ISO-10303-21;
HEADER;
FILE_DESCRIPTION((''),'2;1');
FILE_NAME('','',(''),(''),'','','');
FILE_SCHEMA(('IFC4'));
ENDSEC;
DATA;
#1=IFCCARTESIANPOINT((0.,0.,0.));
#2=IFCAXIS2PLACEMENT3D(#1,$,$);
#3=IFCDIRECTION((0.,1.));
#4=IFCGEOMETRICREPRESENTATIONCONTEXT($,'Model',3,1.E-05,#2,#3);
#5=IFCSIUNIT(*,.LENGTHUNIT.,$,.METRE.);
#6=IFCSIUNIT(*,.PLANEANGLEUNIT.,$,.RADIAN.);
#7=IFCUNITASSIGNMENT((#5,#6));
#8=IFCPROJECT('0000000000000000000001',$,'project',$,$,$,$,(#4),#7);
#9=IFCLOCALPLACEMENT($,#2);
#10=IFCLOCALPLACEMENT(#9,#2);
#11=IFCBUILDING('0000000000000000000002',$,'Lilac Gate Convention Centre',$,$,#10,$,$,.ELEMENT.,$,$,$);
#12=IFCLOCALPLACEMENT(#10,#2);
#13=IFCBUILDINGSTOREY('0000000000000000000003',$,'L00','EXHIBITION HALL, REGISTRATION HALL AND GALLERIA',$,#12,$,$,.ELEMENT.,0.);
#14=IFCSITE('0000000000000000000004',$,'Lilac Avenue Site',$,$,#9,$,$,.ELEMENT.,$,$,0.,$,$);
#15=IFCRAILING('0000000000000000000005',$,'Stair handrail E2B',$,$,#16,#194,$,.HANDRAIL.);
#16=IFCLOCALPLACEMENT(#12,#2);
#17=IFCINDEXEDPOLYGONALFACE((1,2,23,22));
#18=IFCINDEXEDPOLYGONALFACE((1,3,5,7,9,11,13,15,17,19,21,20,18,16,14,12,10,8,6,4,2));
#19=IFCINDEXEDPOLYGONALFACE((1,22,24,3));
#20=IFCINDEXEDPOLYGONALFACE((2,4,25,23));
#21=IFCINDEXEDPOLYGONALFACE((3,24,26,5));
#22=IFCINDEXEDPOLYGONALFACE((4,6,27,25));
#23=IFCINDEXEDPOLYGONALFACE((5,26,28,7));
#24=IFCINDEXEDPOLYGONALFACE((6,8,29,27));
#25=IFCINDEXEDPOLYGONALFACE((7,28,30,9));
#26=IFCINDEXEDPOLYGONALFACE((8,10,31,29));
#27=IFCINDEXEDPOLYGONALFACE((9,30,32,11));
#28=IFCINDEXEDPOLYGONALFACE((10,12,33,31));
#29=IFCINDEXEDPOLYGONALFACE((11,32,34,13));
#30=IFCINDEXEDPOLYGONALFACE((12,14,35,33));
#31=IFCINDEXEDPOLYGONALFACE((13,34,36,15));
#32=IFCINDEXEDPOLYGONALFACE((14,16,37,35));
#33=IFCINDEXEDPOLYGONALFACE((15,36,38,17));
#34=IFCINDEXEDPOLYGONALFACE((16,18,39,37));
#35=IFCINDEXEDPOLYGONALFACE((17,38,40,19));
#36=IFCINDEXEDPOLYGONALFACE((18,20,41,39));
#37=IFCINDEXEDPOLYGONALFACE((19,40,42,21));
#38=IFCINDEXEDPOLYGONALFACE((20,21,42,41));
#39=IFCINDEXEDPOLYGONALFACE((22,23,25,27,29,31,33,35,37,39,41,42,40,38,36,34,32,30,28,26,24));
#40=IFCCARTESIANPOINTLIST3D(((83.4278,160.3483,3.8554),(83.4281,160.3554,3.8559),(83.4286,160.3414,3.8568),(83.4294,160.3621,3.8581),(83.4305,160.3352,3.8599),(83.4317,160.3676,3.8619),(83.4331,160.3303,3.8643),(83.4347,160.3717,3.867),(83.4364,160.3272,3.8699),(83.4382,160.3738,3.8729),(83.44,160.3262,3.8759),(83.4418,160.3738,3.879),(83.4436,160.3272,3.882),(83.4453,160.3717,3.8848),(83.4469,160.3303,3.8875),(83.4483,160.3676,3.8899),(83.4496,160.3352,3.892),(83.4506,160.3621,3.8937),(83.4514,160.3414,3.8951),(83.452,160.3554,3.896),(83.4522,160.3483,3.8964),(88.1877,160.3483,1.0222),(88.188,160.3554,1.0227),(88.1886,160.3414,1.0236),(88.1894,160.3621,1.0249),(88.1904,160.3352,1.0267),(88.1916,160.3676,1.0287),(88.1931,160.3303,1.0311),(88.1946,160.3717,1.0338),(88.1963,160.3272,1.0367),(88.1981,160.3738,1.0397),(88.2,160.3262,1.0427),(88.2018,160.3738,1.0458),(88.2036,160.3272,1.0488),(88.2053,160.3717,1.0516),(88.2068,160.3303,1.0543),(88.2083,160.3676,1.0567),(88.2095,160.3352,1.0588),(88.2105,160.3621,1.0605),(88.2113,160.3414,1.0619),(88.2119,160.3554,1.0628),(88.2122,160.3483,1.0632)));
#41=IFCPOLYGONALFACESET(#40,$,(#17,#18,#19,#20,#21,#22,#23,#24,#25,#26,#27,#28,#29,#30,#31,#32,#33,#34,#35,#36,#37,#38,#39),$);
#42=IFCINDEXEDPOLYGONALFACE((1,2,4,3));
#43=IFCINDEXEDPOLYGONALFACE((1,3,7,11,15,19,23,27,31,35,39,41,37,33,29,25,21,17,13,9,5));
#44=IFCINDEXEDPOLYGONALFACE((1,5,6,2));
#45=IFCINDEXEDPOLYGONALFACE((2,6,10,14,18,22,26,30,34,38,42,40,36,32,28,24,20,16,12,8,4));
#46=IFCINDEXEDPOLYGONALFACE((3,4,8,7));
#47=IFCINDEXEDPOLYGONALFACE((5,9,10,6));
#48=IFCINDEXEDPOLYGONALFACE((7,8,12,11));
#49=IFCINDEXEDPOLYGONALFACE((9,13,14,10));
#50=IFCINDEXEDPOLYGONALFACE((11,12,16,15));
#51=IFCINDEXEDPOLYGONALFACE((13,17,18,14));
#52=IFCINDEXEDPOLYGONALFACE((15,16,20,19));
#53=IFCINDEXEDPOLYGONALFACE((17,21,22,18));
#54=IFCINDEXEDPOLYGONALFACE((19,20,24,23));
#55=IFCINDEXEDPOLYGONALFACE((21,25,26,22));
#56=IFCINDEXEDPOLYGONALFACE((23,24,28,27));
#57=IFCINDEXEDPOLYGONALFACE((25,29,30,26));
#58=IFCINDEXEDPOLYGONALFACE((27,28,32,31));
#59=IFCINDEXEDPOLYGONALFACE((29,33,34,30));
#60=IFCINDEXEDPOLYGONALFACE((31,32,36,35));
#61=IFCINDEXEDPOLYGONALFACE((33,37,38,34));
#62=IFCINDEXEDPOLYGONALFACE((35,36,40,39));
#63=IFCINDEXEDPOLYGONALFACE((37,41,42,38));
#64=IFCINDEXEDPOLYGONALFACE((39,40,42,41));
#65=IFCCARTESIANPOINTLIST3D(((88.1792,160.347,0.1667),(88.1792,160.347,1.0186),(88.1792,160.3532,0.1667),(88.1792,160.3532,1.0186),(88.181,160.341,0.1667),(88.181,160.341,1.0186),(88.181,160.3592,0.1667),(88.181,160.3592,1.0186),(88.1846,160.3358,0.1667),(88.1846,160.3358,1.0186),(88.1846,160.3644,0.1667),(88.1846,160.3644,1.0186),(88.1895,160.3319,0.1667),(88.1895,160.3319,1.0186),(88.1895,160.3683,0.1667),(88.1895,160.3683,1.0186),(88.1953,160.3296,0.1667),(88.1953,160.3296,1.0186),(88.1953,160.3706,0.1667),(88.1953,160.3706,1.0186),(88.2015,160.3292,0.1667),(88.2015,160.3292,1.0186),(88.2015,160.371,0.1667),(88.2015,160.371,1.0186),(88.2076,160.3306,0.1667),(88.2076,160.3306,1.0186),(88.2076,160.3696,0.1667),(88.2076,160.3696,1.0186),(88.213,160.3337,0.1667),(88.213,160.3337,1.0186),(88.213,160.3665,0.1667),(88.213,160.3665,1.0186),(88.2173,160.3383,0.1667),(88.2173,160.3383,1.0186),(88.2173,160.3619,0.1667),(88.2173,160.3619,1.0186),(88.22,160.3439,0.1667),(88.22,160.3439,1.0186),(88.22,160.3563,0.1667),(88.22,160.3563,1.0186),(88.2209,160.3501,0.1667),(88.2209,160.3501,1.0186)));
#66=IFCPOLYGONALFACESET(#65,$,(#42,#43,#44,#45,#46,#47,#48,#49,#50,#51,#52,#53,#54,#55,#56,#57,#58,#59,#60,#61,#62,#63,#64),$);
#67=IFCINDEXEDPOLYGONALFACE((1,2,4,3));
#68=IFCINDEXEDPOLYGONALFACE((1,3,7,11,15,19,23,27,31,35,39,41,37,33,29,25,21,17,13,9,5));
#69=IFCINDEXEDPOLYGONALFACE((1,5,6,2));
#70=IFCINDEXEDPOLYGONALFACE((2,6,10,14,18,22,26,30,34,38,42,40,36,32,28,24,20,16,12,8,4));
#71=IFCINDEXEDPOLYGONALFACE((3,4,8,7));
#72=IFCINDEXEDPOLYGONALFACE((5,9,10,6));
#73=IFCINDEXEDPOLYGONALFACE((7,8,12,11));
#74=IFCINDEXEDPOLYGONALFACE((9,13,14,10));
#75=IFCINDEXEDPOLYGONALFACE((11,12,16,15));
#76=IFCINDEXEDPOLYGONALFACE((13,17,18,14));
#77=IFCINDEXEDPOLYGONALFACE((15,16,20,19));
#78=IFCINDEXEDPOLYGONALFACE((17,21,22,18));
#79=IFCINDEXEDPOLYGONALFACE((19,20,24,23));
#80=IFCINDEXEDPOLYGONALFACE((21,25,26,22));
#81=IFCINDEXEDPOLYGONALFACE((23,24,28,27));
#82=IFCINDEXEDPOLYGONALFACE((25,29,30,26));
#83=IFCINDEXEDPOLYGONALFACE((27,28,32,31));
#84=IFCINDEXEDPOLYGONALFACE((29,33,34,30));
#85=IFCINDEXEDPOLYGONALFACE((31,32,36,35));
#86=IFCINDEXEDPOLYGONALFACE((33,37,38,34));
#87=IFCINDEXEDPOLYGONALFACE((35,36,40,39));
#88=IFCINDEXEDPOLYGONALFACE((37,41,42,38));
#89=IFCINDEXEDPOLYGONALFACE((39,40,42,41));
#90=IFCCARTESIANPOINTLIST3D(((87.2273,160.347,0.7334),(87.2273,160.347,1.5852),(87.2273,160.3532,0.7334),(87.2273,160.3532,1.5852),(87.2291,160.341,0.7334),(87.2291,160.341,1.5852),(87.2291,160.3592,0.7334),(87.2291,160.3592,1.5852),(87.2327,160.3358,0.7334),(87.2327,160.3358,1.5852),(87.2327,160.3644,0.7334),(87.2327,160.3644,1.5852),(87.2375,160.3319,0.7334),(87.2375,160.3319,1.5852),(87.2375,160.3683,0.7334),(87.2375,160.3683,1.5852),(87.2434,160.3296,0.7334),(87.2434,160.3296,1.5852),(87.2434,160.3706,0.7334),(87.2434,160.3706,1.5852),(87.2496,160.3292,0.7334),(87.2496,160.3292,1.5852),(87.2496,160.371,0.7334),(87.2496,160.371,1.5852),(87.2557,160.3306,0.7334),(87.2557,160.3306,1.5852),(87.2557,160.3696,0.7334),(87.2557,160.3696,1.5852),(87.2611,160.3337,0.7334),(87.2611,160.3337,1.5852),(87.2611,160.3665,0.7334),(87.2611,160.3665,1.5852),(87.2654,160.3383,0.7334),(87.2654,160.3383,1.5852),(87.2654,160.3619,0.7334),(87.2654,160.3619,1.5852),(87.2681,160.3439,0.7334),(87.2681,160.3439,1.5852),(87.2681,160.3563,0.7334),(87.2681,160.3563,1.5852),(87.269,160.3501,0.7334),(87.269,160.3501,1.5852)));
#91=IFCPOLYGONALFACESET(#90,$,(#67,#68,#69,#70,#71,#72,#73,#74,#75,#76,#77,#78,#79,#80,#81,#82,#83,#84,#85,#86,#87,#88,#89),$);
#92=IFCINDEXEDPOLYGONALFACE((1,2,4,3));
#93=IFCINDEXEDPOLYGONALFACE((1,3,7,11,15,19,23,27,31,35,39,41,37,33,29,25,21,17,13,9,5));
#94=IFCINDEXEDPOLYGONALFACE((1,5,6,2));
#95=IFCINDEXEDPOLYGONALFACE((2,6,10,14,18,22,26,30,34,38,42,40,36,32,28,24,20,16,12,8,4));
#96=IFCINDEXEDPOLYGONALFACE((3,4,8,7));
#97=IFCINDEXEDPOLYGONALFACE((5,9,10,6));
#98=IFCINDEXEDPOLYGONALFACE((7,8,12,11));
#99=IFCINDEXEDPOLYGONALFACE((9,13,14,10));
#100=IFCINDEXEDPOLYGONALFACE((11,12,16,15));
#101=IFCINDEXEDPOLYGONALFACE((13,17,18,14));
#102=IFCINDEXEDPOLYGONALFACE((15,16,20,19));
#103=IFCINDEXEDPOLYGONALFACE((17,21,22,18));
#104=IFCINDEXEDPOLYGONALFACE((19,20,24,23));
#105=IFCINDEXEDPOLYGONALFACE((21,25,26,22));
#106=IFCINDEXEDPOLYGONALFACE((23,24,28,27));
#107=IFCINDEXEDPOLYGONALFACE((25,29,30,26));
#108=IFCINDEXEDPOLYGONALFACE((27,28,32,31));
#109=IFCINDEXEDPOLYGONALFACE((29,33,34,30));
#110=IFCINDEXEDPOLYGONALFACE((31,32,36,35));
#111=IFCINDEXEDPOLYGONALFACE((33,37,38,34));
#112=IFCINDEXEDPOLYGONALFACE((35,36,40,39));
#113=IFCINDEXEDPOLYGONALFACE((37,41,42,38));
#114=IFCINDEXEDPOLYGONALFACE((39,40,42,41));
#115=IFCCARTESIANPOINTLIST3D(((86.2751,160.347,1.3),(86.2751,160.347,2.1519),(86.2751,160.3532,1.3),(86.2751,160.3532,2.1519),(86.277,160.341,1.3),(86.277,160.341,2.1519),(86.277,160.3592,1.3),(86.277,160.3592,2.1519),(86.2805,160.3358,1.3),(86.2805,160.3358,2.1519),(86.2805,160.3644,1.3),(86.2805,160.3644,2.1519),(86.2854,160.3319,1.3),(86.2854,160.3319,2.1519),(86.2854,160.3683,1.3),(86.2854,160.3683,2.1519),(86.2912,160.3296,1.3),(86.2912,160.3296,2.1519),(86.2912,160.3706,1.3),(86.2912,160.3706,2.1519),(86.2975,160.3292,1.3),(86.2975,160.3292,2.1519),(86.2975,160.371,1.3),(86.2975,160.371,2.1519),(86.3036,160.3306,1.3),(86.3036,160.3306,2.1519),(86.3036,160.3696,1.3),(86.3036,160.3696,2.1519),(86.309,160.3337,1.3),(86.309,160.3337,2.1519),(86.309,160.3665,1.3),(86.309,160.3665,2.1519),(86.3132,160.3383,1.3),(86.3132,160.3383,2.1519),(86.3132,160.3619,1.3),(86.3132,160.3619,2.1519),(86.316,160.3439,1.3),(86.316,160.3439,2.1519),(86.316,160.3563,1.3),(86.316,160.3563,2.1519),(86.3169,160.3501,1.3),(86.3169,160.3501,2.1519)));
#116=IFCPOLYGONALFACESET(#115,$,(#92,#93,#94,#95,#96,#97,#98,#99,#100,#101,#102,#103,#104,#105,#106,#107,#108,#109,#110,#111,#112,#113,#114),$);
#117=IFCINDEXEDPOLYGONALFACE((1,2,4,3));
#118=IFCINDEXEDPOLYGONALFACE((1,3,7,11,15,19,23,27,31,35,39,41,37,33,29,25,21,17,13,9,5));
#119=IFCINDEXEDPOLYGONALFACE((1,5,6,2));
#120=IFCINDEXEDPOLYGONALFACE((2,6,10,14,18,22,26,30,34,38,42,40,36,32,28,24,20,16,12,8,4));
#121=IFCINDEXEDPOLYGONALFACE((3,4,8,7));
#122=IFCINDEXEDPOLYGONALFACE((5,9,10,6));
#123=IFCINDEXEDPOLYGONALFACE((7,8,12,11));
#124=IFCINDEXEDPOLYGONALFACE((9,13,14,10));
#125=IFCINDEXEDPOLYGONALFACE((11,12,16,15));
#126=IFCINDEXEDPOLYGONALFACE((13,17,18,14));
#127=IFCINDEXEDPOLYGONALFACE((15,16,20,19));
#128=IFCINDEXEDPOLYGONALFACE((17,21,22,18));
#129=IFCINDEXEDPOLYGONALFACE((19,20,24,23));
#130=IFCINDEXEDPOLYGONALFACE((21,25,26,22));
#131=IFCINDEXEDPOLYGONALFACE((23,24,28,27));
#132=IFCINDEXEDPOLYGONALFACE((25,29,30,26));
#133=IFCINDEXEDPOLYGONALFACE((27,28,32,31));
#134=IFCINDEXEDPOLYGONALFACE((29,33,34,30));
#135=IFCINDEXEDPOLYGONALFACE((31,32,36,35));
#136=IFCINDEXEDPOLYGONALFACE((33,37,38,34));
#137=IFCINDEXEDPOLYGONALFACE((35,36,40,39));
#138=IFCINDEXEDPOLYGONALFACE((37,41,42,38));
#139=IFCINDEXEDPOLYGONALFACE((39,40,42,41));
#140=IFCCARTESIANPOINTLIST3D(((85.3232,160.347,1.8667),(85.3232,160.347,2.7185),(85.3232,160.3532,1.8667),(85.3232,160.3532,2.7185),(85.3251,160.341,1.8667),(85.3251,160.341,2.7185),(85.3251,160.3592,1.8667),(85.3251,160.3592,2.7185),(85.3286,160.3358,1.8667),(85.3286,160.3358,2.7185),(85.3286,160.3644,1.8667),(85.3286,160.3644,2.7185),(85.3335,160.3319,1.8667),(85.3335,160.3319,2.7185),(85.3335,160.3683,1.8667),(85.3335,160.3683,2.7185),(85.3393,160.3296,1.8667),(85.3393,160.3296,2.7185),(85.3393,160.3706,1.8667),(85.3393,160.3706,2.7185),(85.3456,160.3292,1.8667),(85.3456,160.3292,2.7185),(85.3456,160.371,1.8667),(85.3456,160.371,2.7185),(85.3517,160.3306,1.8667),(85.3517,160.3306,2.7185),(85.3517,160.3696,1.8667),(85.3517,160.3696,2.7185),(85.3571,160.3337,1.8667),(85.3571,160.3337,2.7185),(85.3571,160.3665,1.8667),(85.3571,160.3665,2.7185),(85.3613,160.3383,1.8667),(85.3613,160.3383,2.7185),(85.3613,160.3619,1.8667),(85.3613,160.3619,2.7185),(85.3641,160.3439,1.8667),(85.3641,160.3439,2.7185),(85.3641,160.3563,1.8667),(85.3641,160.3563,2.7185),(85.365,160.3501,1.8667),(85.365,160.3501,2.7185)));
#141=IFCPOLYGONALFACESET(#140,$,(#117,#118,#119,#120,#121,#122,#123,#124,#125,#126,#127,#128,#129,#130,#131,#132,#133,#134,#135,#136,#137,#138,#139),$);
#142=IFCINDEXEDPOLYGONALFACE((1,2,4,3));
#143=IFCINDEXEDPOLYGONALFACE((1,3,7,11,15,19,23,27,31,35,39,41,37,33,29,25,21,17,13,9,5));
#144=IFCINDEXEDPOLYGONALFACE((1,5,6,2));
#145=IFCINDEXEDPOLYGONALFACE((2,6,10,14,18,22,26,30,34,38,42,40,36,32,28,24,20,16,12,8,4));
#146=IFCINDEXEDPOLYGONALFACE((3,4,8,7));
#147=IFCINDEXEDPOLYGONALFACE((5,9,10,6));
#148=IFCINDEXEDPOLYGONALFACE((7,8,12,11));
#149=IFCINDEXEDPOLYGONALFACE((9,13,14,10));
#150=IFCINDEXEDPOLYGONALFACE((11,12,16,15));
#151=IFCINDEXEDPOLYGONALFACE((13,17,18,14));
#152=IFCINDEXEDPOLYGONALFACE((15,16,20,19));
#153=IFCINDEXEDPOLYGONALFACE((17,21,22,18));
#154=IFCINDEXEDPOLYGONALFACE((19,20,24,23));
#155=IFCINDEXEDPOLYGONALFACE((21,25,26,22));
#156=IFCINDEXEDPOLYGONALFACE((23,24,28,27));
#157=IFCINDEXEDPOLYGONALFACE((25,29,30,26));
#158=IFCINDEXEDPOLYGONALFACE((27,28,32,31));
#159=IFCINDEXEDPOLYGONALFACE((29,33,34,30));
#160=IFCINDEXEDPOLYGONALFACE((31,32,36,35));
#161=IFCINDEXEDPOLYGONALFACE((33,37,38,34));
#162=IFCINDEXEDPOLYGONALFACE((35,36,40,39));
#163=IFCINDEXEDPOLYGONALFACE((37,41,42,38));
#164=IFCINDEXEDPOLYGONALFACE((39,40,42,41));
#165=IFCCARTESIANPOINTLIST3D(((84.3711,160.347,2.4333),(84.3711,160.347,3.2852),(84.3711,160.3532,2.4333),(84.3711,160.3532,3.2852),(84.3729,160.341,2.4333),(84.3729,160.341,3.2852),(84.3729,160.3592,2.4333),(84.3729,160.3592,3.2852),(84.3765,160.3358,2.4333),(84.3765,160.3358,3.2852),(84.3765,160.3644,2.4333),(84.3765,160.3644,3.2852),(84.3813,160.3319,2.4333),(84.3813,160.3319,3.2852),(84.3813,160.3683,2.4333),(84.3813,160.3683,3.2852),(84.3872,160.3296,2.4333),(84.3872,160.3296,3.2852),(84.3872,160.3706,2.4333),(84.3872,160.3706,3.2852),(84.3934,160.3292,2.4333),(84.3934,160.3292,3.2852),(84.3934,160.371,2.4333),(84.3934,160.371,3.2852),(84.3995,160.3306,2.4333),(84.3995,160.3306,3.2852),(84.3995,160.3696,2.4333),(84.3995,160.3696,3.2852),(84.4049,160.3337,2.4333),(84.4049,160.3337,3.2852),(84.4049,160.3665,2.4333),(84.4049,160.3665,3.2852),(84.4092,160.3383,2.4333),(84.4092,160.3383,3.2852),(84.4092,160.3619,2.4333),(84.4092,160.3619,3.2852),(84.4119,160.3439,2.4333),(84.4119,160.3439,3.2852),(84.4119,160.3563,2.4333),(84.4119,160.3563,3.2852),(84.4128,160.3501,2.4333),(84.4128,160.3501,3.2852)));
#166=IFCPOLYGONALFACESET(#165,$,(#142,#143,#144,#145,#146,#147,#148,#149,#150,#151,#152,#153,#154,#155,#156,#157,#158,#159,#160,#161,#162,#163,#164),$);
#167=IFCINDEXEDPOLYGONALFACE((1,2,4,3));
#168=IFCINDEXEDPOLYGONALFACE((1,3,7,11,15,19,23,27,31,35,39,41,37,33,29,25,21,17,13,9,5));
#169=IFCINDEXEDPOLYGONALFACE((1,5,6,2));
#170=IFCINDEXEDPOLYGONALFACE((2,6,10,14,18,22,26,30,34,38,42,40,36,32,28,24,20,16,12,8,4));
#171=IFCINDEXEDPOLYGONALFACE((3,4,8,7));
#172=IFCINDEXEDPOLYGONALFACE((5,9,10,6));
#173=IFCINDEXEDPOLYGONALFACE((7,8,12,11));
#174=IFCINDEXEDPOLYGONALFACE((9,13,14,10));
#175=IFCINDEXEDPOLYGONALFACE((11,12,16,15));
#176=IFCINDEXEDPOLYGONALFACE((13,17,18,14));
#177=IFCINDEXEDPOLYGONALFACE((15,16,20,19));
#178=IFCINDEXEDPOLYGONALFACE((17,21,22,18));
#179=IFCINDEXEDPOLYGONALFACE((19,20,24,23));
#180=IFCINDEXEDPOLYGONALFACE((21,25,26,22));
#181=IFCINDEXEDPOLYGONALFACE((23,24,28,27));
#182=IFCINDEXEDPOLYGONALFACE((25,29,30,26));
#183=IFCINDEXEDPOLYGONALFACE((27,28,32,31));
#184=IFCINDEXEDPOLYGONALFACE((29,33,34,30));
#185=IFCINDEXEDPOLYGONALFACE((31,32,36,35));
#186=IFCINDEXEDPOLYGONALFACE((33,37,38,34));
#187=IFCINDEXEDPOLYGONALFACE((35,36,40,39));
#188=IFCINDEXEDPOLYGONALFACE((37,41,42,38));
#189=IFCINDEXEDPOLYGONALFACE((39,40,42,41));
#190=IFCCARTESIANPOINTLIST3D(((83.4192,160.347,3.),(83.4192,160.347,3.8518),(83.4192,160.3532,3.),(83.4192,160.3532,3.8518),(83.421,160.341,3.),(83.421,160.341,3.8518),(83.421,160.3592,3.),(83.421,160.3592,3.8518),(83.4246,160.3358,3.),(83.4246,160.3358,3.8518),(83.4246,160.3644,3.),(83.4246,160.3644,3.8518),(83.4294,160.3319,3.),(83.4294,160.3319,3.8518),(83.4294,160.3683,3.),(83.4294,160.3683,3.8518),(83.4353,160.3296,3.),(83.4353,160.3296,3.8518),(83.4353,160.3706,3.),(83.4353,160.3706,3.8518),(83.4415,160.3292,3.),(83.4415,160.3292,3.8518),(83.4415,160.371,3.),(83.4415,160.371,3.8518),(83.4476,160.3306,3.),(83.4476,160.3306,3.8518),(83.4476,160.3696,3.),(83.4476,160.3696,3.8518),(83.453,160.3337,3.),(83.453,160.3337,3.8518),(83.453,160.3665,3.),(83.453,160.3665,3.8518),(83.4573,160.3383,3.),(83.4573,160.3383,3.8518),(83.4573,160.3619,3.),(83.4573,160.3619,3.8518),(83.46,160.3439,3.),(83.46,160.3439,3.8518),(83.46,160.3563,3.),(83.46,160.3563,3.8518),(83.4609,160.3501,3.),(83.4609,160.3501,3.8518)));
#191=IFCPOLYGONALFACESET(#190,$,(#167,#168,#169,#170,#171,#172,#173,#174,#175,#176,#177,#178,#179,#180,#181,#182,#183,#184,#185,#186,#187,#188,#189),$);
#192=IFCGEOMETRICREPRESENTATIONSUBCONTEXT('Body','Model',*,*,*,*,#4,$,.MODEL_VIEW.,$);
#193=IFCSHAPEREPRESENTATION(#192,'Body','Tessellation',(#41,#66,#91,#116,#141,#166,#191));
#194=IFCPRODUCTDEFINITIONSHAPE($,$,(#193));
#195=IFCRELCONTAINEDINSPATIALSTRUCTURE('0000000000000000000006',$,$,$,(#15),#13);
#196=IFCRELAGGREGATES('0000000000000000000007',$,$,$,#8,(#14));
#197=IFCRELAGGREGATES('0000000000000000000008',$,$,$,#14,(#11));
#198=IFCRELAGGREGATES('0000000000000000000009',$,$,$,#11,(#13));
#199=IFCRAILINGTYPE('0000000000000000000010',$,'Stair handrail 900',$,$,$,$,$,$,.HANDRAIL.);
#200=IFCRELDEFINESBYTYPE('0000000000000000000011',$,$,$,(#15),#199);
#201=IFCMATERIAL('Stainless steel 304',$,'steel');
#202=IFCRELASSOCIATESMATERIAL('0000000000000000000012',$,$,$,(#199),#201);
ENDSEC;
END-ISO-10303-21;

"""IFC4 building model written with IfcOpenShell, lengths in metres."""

from ifc_helpers import new_model, si_unit, direction, frame, origin, origin_2d, place, context, subcontext, project, spatial, circle, extrude, material, type_object, element, save


model = new_model("IFC4")

# Units and contexts
model_context = context("Model", 3, precision=1e-05, world=origin(), true_north=direction((0.0, 1.0)))
body_context = subcontext(model_context, "Body", "Model", "MODEL_VIEW")
ifc_project = project(units=[si_unit("LENGTHUNIT", "METRE"), si_unit("PLANEANGLEUNIT", "RADIAN")], contexts=[model_context])

# Site, building, storey
site_placement = place(None, origin())
site = spatial("IfcSite", under=ifc_project, at=site_placement, Name="Lilac Avenue Site", CompositionType="ELEMENT", RefElevation=0.0)
building_placement = place(site_placement, origin())
building = spatial("IfcBuilding", under=site, at=building_placement, Name="Lilac Gate Convention Centre", CompositionType="ELEMENT")
storey_placement = place(building_placement, origin())
storey = spatial("IfcBuildingStorey", under=building, at=storey_placement, Name="L00", Description="EXHIBITION HALL, REGISTRATION HALL AND GALLERIA", CompositionType="ELEMENT", Elevation=0.0)

# Railing
ifc_material_1 = material(Name="Stainless steel 304", Category="steel")
railing_type_1 = type_object("IfcRailingType", Name="Stair handrail 900", PredefinedType="HANDRAIL", material=ifc_material_1)
for number, where, name in (
    (1, (88.2, 160.3501, 0.1667), "Stair handrail E2B"),
):
    element("IfcRailing", number, at=place(storey_placement, frame(where)), inside=storey, type_object=railing_type_1, Name=name, PredefinedType="HANDRAIL", context=body_context, shape_type="SweptSolid", body=[
        extrude(circle(Radius=0.0239, at=origin_2d()), frame((0.0, 0.0, 0.876), z_axis=(-0.8593, 0.0, 0.511472), x_axis=(0.0, -1.0, 0.0)), (0.0, 0.0, 1.0), 5.5393),
        extrude(circle(Radius=0.021, at=origin_2d()), origin(), (0.0, 0.0, 1.0), 0.8518),
        extrude(circle(Radius=0.021, at=origin_2d()), frame((-0.9519, 0.0, 0.5667)), (0.0, 0.0, 1.0), 0.8518),
        extrude(circle(Radius=0.021, at=origin_2d()), frame((-1.9041, 0.0, 1.1333)), (0.0, 0.0, 1.0), 0.8518),
        extrude(circle(Radius=0.021, at=origin_2d()), frame((-2.856, 0.0, 1.7)), (0.0, 0.0, 1.0), 0.8518),
        extrude(circle(Radius=0.021, at=origin_2d()), frame((-3.8081, 0.0, 2.2666)), (0.0, 0.0, 1.0), 0.8518),
        extrude(circle(Radius=0.021, at=origin_2d()), frame((-4.76, 0.0, 2.8333)), (0.0, 0.0, 1.0), 0.8518),
    ])

save(model, "model.ifc")
